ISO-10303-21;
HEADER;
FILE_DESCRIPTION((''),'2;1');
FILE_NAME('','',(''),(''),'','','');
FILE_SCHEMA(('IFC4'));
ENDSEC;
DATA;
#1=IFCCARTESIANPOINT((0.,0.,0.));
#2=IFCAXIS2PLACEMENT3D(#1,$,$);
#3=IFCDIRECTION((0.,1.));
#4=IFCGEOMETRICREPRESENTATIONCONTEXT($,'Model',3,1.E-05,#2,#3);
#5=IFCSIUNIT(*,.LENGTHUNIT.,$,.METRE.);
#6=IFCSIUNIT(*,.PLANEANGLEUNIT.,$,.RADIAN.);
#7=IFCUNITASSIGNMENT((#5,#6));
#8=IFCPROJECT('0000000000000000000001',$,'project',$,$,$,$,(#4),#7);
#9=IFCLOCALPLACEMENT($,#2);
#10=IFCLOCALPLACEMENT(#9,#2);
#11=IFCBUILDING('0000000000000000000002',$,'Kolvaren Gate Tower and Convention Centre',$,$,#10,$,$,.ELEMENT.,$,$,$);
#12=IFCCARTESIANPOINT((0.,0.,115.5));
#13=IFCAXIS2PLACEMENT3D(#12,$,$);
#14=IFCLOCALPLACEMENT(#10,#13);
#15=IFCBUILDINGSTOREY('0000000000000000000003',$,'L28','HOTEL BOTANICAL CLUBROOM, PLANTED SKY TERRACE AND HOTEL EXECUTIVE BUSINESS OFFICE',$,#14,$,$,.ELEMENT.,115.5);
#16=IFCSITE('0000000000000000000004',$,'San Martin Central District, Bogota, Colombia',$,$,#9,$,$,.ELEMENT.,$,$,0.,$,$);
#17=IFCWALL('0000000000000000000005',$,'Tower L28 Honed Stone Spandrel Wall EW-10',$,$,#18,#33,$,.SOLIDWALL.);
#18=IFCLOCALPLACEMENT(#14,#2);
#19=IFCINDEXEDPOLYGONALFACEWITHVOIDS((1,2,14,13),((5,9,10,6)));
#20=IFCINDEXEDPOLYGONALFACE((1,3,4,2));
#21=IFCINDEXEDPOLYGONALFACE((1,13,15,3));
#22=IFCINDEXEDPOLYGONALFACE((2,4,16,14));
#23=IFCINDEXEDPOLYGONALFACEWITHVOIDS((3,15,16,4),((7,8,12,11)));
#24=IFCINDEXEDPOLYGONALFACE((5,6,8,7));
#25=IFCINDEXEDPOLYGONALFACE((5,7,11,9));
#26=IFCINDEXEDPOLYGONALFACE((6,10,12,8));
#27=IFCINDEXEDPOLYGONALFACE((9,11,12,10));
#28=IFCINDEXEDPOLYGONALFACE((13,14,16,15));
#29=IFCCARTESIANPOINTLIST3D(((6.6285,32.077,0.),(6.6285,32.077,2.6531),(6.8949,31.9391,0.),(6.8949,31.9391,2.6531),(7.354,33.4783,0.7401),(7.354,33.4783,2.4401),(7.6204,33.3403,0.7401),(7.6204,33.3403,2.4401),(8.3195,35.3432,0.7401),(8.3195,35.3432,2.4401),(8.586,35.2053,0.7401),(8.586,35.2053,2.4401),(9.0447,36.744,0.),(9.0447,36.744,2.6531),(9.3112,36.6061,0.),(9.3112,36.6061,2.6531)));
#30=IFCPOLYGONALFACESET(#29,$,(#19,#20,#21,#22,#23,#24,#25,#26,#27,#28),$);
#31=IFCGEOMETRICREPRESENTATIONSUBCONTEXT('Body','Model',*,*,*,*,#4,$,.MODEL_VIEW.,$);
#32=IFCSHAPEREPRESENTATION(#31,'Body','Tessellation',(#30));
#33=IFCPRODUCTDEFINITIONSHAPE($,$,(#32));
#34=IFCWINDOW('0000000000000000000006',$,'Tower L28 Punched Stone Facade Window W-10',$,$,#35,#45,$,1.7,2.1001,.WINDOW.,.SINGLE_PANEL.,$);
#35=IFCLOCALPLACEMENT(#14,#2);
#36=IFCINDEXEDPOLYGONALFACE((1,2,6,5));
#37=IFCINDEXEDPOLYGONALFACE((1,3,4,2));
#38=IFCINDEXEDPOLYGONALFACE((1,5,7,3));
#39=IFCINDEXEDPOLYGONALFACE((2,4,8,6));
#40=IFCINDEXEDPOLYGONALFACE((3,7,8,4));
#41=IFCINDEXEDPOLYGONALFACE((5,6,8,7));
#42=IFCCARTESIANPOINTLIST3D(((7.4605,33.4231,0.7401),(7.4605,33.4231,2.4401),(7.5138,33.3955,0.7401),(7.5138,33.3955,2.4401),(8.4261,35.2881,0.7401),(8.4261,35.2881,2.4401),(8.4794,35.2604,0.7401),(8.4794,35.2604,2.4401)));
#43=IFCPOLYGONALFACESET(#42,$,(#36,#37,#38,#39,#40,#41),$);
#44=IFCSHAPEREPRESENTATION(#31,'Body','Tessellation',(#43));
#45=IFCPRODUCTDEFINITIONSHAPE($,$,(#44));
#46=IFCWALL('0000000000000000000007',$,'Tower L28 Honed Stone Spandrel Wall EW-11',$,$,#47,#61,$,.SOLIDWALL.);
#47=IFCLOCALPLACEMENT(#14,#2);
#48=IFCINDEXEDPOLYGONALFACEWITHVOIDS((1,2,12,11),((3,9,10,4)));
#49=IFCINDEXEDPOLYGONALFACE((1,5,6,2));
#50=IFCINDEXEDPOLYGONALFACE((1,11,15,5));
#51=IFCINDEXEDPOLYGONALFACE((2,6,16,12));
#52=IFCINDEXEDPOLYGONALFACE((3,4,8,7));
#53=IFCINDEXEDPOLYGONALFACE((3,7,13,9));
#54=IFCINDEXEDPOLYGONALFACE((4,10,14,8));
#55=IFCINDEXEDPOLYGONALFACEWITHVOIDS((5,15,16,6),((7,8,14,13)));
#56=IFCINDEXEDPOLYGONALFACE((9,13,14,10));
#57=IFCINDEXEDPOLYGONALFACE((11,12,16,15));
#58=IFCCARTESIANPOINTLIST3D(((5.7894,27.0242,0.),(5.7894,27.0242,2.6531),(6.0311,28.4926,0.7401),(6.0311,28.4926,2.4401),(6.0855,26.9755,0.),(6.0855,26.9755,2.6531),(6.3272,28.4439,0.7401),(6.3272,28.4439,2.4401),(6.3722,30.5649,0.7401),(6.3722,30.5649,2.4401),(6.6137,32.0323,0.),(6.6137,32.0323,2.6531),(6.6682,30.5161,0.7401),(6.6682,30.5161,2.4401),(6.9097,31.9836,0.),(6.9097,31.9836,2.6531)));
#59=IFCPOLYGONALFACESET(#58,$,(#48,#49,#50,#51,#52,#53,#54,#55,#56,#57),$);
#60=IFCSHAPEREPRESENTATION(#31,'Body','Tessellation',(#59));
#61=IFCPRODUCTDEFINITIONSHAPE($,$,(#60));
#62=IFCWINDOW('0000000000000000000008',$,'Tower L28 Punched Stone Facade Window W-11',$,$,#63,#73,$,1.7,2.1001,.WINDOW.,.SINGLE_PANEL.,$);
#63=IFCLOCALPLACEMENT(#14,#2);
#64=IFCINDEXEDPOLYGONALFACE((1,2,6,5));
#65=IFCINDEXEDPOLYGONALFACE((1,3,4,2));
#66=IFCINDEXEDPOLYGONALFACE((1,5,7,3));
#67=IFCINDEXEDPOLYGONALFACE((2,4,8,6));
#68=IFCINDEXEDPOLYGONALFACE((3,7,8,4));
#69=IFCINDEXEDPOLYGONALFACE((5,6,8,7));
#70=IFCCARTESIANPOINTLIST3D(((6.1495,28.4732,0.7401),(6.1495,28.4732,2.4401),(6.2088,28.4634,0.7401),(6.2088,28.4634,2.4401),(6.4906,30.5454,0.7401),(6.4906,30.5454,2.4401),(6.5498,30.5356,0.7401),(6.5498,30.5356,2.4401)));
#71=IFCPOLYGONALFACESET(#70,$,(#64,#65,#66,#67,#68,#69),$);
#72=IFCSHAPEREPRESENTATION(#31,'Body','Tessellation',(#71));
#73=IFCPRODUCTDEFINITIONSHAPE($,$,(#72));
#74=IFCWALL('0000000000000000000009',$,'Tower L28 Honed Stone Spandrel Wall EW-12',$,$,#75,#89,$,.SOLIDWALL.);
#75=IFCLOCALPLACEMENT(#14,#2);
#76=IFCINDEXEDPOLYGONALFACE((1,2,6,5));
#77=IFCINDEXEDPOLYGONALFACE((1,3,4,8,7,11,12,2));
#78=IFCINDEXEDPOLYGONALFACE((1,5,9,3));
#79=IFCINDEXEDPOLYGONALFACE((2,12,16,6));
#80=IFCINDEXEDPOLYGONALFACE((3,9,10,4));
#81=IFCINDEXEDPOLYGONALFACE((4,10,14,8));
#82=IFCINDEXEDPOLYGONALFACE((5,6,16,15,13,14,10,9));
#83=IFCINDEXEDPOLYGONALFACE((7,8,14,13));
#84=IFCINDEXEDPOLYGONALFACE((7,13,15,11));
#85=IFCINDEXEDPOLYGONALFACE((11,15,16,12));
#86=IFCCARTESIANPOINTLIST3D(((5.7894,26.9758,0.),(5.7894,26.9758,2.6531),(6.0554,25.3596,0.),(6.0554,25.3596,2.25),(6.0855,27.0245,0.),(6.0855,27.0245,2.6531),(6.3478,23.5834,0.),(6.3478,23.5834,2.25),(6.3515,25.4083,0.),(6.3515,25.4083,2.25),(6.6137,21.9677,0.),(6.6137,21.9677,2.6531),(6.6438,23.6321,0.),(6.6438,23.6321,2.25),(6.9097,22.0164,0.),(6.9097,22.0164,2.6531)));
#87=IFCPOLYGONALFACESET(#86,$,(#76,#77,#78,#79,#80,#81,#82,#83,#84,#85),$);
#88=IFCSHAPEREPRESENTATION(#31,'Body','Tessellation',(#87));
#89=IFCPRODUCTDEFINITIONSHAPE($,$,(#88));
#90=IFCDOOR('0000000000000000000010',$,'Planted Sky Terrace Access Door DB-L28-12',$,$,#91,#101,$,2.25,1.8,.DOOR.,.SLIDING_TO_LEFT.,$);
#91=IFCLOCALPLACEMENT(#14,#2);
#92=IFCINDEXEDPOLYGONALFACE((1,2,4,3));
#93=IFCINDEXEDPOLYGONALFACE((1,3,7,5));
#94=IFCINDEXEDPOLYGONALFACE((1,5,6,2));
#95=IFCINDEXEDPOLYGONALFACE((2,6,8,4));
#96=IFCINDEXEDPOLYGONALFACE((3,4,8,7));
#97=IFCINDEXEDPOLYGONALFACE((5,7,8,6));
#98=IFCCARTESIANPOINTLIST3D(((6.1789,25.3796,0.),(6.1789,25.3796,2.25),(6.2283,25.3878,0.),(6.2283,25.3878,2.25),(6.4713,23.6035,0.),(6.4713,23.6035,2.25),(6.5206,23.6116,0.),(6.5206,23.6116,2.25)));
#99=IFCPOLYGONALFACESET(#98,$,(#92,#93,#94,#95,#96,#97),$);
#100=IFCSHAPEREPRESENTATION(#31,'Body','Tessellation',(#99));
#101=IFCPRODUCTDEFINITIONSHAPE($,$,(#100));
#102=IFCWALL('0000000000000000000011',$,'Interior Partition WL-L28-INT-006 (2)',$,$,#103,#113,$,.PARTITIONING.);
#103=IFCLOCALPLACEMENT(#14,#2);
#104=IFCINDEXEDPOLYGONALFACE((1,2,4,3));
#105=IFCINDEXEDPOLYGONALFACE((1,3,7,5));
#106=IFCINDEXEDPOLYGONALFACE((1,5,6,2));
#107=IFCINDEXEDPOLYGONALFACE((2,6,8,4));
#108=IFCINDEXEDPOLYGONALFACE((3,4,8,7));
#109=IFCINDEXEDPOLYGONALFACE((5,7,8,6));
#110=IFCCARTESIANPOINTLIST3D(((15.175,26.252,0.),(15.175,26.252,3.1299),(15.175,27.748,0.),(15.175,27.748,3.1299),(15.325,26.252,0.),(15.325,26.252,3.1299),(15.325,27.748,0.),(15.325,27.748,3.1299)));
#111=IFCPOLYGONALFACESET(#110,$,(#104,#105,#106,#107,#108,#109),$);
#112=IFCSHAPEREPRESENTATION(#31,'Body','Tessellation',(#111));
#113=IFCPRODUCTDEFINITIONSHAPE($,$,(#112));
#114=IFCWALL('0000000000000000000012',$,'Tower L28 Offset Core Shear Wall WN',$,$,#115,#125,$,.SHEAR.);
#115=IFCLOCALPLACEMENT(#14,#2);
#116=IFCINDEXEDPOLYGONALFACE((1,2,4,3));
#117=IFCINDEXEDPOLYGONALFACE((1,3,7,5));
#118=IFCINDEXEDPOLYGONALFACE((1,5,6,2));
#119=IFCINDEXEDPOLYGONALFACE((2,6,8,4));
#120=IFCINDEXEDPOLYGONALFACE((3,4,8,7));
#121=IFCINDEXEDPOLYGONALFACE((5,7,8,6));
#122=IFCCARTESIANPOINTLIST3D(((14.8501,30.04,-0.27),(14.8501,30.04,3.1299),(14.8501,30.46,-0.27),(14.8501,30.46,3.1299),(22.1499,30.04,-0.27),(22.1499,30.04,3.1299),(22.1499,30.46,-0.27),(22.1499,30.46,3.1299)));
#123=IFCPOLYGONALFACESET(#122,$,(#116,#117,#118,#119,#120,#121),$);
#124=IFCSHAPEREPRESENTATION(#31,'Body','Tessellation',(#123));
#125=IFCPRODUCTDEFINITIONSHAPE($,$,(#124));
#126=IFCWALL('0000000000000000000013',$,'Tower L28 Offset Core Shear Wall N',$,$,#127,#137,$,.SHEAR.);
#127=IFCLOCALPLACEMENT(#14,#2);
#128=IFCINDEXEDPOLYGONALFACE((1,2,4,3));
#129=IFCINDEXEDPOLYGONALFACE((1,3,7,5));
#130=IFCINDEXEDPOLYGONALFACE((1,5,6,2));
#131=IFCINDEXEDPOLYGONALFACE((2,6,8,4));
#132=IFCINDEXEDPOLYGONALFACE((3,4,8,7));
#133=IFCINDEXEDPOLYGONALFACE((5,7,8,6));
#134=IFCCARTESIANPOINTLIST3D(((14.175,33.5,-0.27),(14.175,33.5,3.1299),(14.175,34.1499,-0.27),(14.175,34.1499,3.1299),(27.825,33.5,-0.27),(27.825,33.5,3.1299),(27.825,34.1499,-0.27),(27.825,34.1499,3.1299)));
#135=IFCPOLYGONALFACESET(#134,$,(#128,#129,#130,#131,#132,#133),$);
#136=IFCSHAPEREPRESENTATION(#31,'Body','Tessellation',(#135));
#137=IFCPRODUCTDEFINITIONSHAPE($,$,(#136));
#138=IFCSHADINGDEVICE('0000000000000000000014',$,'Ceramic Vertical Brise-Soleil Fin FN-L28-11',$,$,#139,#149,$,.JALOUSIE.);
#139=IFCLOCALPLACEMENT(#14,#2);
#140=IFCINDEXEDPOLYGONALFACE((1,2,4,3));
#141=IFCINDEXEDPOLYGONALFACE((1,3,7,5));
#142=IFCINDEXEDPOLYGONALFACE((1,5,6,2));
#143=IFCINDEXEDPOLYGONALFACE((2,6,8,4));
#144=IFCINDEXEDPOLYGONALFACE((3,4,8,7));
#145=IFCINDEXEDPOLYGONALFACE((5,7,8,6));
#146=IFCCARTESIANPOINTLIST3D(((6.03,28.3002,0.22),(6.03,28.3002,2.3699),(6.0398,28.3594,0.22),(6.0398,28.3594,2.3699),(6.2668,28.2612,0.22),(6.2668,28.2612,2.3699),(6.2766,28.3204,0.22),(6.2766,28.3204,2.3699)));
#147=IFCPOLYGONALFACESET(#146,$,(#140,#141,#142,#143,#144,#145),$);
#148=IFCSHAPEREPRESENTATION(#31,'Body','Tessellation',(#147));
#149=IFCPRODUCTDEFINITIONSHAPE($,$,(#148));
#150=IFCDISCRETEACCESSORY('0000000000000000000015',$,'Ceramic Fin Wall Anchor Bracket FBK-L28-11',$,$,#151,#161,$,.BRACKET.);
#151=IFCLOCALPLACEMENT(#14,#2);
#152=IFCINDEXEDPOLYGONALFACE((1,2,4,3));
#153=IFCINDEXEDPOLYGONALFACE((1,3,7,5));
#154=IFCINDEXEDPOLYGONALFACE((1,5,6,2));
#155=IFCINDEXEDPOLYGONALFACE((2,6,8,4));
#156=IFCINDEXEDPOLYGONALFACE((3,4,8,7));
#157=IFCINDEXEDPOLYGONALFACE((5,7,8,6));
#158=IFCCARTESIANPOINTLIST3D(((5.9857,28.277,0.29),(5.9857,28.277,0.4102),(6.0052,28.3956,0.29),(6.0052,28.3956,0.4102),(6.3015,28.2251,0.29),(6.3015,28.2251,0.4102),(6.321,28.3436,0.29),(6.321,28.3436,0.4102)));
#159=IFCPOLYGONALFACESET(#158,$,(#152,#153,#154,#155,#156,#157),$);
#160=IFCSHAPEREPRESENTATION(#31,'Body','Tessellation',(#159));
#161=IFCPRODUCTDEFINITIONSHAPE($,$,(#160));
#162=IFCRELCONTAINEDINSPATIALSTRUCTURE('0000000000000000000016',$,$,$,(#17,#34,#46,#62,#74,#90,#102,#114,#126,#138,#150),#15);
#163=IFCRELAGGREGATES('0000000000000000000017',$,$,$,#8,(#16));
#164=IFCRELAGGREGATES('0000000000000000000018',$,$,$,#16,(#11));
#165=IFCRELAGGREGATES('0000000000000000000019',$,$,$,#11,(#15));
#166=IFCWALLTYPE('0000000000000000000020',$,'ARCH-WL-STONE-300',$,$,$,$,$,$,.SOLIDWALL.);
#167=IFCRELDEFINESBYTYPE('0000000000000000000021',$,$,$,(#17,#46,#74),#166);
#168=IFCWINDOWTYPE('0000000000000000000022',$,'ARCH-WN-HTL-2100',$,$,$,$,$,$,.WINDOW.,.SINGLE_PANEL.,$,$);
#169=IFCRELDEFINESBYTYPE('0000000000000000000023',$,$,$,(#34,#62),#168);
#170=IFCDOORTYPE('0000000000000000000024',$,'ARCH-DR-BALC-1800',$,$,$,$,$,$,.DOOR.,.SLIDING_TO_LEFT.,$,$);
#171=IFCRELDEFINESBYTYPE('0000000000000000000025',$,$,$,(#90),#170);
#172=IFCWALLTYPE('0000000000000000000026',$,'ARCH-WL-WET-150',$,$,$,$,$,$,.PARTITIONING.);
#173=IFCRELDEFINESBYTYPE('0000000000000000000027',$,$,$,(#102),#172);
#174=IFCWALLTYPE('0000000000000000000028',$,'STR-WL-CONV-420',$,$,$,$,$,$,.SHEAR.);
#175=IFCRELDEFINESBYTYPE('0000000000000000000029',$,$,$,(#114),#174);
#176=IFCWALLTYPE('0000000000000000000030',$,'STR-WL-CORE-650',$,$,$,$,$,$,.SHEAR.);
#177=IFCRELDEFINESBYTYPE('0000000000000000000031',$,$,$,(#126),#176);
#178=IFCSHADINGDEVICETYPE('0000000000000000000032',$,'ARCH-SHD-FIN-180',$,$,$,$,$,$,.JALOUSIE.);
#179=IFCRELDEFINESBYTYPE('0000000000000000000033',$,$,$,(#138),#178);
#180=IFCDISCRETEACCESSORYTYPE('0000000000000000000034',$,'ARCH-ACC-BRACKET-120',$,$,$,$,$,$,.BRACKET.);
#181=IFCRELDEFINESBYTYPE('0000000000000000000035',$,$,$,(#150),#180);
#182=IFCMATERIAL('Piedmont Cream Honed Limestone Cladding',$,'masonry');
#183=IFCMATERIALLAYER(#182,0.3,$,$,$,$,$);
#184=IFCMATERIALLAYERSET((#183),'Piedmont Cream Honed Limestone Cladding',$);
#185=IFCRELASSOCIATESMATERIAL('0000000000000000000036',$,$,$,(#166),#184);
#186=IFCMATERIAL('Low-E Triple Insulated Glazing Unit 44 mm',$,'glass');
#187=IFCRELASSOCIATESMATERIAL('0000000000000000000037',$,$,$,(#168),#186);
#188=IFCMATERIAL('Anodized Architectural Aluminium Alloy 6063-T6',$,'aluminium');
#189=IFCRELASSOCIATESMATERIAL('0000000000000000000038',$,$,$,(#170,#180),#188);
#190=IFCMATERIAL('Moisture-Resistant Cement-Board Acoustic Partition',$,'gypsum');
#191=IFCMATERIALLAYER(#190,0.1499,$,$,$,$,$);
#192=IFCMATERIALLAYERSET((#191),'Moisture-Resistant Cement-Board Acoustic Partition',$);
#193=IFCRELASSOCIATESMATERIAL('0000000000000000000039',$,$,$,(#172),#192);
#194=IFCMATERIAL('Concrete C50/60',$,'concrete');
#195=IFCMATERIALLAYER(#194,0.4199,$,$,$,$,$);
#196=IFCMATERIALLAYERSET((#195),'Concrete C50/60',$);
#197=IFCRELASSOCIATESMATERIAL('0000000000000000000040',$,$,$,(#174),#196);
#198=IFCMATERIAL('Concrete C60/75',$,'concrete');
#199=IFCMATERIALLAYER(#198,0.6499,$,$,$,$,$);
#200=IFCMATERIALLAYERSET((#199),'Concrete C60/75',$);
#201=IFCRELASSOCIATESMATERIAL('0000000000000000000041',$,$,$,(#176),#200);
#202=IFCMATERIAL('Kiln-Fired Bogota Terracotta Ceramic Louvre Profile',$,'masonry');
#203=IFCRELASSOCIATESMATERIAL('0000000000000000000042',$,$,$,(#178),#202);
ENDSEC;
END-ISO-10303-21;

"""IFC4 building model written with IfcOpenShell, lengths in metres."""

from ifc_helpers import new_model, si_unit, direction, frame, frame_2d, origin, origin_2d, place, context, subcontext, project, spatial, rectangle, extrude, material, layer, layer_set, type_object, element, fill, save


model = new_model("IFC4")

# Units and contexts
model_context = context("Model", 3, precision=1e-05, world=origin(), true_north=direction((0.0, 1.0)))
body_context = subcontext(model_context, "Body", "Model", "MODEL_VIEW")
ifc_project = project(units=[si_unit("LENGTHUNIT", "METRE"), si_unit("PLANEANGLEUNIT", "RADIAN")], contexts=[model_context])

# Site, building, storey
site_placement = place(None, origin())
site = spatial("IfcSite", under=ifc_project, at=site_placement, Name="San Martin Central District, Bogota, Colombia", CompositionType="ELEMENT", RefElevation=0.0)
building_placement = place(site_placement, origin())
building = spatial("IfcBuilding", under=site, at=building_placement, Name="Kolvaren Gate Tower and Convention Centre", CompositionType="ELEMENT")
storey_placement = place(building_placement, frame((0.0, 0.0, 115.5)))
storey = spatial("IfcBuildingStorey", under=building, at=storey_placement, Name="L28", Description="HOTEL BOTANICAL CLUBROOM, PLANTED SKY TERRACE AND HOTEL EXECUTIVE BUSINESS OFFICE", CompositionType="ELEMENT", Elevation=115.5)

# Shared definitions
ifc_material_1 = material(Name="Concrete C60/75", Category="concrete")

# Shared definitions
ifc_material_2 = material(Name="Anodized Architectural Aluminium Alloy 6063-T6", Category="aluminium")

# Shared definitions
ifc_material_3 = material(Name="Piedmont Cream Honed Limestone Cladding", Category="masonry")

# Walls, openings, windows
ifc_layer_1 = layer(ifc_material_3, 0.3)
ifc_layer_set_1 = layer_set([ifc_layer_1], Name="Piedmont Cream Honed Limestone Cladding")
wall_type_1 = type_object("IfcWallType", Name="ARCH-WL-STONE-300", PredefinedType="SOLIDWALL", material=ifc_layer_set_1)
wall_1_placement = place(storey_placement, frame((6.7617, 32.0081, 0.0), z_axis=(0.0, 0.0, 1.0), x_axis=(0.459768, 0.888039, 0.0)))
wall_1 = element("IfcWall", 1, at=wall_1_placement, inside=storey, type_object=wall_type_1, Name="Tower L28 Honed Stone Spandrel Wall EW-10", PredefinedType="SOLIDWALL", context=body_context, shape_type="SweptSolid", body=[
    extrude(rectangle(XDim=5.2554, YDim=0.3, at=frame_2d((2.6277, 0.0))), origin(), (0.0, 0.0, 1.0), 2.6531),
])
opening_1_placement = place(wall_1_placement, frame((1.5779, 0.0, 0.74)))
opening_1 = element("IfcOpeningElement", 2, at=opening_1_placement, cuts=wall_1, PredefinedType="OPENING", context=body_context, shape_type="SweptSolid", body=[
    extrude(rectangle(XDim=2.1001, YDim=1.7, at=frame_2d((1.05, 0.8501))), frame((0.0, 0.1599, 0.0), z_axis=(0.0, -1.0, 0.0), x_axis=(1.0, 0.0, 0.0)), (0.0, 0.0, 1.0), 0.3201),
])
ifc_material_4 = material(Name="Low-E Triple Insulated Glazing Unit 44 mm", Category="glass")
window_type = type_object("IfcWindowType", Name="ARCH-WN-HTL-2100", PartitioningType="SINGLE_PANEL", PredefinedType="WINDOW", material=ifc_material_4)
window_1_placement = place(opening_1_placement, origin())
window_1 = element("IfcWindow", 3, at=window_1_placement, inside=storey, type_object=window_type, Name="Tower L28 Punched Stone Facade Window W-10", OverallHeight=1.7, OverallWidth=2.1001, PartitioningType="SINGLE_PANEL", PredefinedType="WINDOW", context=body_context, shape_type="SweptSolid", body=[
    extrude(rectangle(XDim=2.1001, YDim=1.7, at=frame_2d((1.05, 0.8501))), frame((0.0, 0.03, 0.0), z_axis=(0.0, -1.0, 0.0), x_axis=(1.0, 0.0, 0.0)), (0.0, 0.0, 1.0), 0.0601),
])
fill(opening_1, window_1)
wall_2_placement = place(storey_placement, frame((5.9375, 27.0, 0.0), z_axis=(0.0, 0.0, 1.0), x_axis=(0.162394, 0.986726, 0.0)))
wall_2 = element("IfcWall", 4, at=wall_2_placement, inside=storey, type_object=wall_type_1, Name="Tower L28 Honed Stone Spandrel Wall EW-11", PredefinedType="SOLIDWALL", context=body_context, shape_type="SweptSolid", body=[
    extrude(rectangle(XDim=5.0754, YDim=0.3, at=frame_2d((2.5376, 0.0))), origin(), (0.0, 0.0, 1.0), 2.6531),
])
opening_2_placement = place(wall_2_placement, frame((1.488, 0.0, 0.74)))
opening_2 = element("IfcOpeningElement", 5, at=opening_2_placement, cuts=wall_2, PredefinedType="OPENING", context=body_context, shape_type="SweptSolid", body=[
    extrude(rectangle(XDim=2.1001, YDim=1.7, at=frame_2d((1.05, 0.8501))), frame((0.0, 0.1599, 0.0), z_axis=(0.0, -1.0, 0.0), x_axis=(1.0, 0.0, 0.0)), (0.0, 0.0, 1.0), 0.3201),
])
window_2_placement = place(opening_2_placement, origin())
window_2 = element("IfcWindow", 6, at=window_2_placement, inside=storey, type_object=window_type, Name="Tower L28 Punched Stone Facade Window W-11", OverallHeight=1.7, OverallWidth=2.1001, PartitioningType="SINGLE_PANEL", PredefinedType="WINDOW", context=body_context, shape_type="SweptSolid", body=[
    extrude(rectangle(XDim=2.1001, YDim=1.7, at=frame_2d((1.05, 0.8501))), frame((0.0, 0.03, 0.0), z_axis=(0.0, -1.0, 0.0), x_axis=(1.0, 0.0, 0.0)), (0.0, 0.0, 1.0), 0.0601),
])
fill(opening_2, window_2)

# Wall, opening, door
wall_3_placement = place(storey_placement, frame((5.9375, 27.0, 0.0), z_axis=(0.0, 0.0, 1.0), x_axis=(0.162394, -0.986726, 0.0)))
wall_3 = element("IfcWall", 7, at=wall_3_placement, inside=storey, type_object=wall_type_1, Name="Tower L28 Honed Stone Spandrel Wall EW-12", PredefinedType="SOLIDWALL", context=body_context, shape_type="SweptSolid", body=[
    extrude(rectangle(XDim=5.0754, YDim=0.3, at=frame_2d((2.5376, 0.0))), origin(), (0.0, 0.0, 1.0), 2.6531),
])
opening_3_placement = place(wall_3_placement, frame((1.6379, 0.0, 0.0)))
opening_3 = element("IfcOpeningElement", 8, at=opening_3_placement, cuts=wall_3, PredefinedType="OPENING", context=body_context, shape_type="SweptSolid", body=[
    extrude(rectangle(XDim=1.8, YDim=2.25, at=frame_2d((0.8999, 1.125))), frame((0.0, 0.1599, 0.0), z_axis=(0.0, -1.0, 0.0), x_axis=(1.0, 0.0, 0.0)), (0.0, 0.0, 1.0), 0.3201),
])
door_type_1 = type_object("IfcDoorType", Name="ARCH-DR-BALC-1800", OperationType="SLIDING_TO_LEFT", PredefinedType="DOOR", material=ifc_material_2)
door_1_placement = place(opening_3_placement, frame((1.8, 0.0, 0.0), z_axis=(0.0, 0.0, 1.0), x_axis=(-1.0, 0.0, 0.0)))
door_1 = element("IfcDoor", 9, at=door_1_placement, inside=storey, type_object=door_type_1, Name="Planted Sky Terrace Access Door DB-L28-12", OperationType="SLIDING_TO_LEFT", OverallHeight=2.25, OverallWidth=1.8, PredefinedType="DOOR", context=body_context, shape_type="SweptSolid", body=[
    extrude(rectangle(XDim=1.8, YDim=2.25, at=frame_2d((0.8999, 1.125))), frame((0.0, 0.0249, 0.0), z_axis=(0.0, -1.0, 0.0), x_axis=(1.0, 0.0, 0.0)), (0.0, 0.0, 1.0), 0.05),
])
fill(opening_3, door_1)

# Walls
ifc_material_5 = material(Name="Moisture-Resistant Cement-Board Acoustic Partition", Category="gypsum")
ifc_layer_2 = layer(ifc_material_5, 0.1499)
ifc_layer_set_2 = layer_set([ifc_layer_2], Name="Moisture-Resistant Cement-Board Acoustic Partition")
wall_type_2 = type_object("IfcWallType", Name="ARCH-WL-WET-150", PredefinedType="PARTITIONING", material=ifc_layer_set_2)
wall_4_placement = place(storey_placement, frame((15.25, 26.252, 0.0), z_axis=(0.0, 0.0, 1.0), x_axis=(0.0, 1.0, 0.0)))
element("IfcWall", 10, at=wall_4_placement, inside=storey, type_object=wall_type_2, Name="Interior Partition WL-L28-INT-006 (2)", PredefinedType="PARTITIONING", context=body_context, shape_type="SweptSolid", body=[
    extrude(rectangle(XDim=1.4961, YDim=0.1499, at=frame_2d((0.748, 0.0))), origin(), (0.0, 0.0, 1.0), 3.1299),
])
ifc_material_6 = material(Name="Concrete C50/60", Category="concrete")
ifc_layer_3 = layer(ifc_material_6, 0.4199)
ifc_layer_set_3 = layer_set([ifc_layer_3], Name="Concrete C50/60")
wall_type_3 = type_object("IfcWallType", Name="STR-WL-CONV-420", PredefinedType="SHEAR", material=ifc_layer_set_3)
wall_5_placement = place(storey_placement, frame((14.8501, 30.25, -0.27), z_axis=(0.0, 0.0, 1.0), x_axis=(1.0, 0.0, 0.0)))
element("IfcWall", 11, at=wall_5_placement, inside=storey, type_object=wall_type_3, Name="Tower L28 Offset Core Shear Wall WN", PredefinedType="SHEAR", context=body_context, shape_type="SweptSolid", body=[
    extrude(rectangle(XDim=7.2998, YDim=0.4199, at=frame_2d((3.6499, 0.0))), origin(), (0.0, 0.0, 1.0), 3.3999),
])
ifc_layer_4 = layer(ifc_material_1, 0.6499)
ifc_layer_set_4 = layer_set([ifc_layer_4], Name="Concrete C60/75")
wall_type_4 = type_object("IfcWallType", Name="STR-WL-CORE-650", PredefinedType="SHEAR", material=ifc_layer_set_4)
wall_6_placement = place(storey_placement, frame((14.175, 33.825, -0.27), z_axis=(0.0, 0.0, 1.0), x_axis=(1.0, 0.0, 0.0)))
element("IfcWall", 12, at=wall_6_placement, inside=storey, type_object=wall_type_4, Name="Tower L28 Offset Core Shear Wall N", PredefinedType="SHEAR", context=body_context, shape_type="SweptSolid", body=[
    extrude(rectangle(XDim=13.6499, YDim=0.6499, at=frame_2d((6.825, 0.0))), origin(), (0.0, 0.0, 1.0), 3.3999),
])

# Shading device
ifc_material_7 = material(Name="Kiln-Fired Bogota Terracotta Ceramic Louvre Profile", Category="masonry")
shading_device_type = type_object("IfcShadingDeviceType", Name="ARCH-SHD-FIN-180", PredefinedType="JALOUSIE", material=ifc_material_7)
shading_device_placement = place(storey_placement, frame((6.1533, 28.3103, 0.22), z_axis=(0.0, 0.0, 1.0), x_axis=(0.162389, 0.986727, 0.0)))
element("IfcShadingDevice", 13, at=shading_device_placement, inside=storey, type_object=shading_device_type, Name="Ceramic Vertical Brise-Soleil Fin FN-L28-11", PredefinedType="JALOUSIE", context=body_context, shape_type="SweptSolid", body=[
    extrude(rectangle(XDim=0.0601, YDim=0.24, at=origin_2d()), origin(), (0.0, 0.0, 1.0), 2.1499),
])

# Discrete accessory
discrete_accessory_type = type_object("IfcDiscreteAccessoryType", Name="ARCH-ACC-BRACKET-120", PredefinedType="BRACKET", material=ifc_material_2)
discrete_accessory_placement = place(storey_placement, frame((6.1533, 28.3103, 0.29), z_axis=(0.0, 0.0, 1.0), x_axis=(0.162389, 0.986727, 0.0)))
element("IfcDiscreteAccessory", 14, at=discrete_accessory_placement, inside=storey, type_object=discrete_accessory_type, Name="Ceramic Fin Wall Anchor Bracket FBK-L28-11", PredefinedType="BRACKET", context=body_context, shape_type="SweptSolid", body=[
    extrude(rectangle(XDim=0.1201, YDim=0.3201, at=origin_2d()), origin(), (0.0, 0.0, 1.0), 0.1201),
])

save(model, "model.ifc")
